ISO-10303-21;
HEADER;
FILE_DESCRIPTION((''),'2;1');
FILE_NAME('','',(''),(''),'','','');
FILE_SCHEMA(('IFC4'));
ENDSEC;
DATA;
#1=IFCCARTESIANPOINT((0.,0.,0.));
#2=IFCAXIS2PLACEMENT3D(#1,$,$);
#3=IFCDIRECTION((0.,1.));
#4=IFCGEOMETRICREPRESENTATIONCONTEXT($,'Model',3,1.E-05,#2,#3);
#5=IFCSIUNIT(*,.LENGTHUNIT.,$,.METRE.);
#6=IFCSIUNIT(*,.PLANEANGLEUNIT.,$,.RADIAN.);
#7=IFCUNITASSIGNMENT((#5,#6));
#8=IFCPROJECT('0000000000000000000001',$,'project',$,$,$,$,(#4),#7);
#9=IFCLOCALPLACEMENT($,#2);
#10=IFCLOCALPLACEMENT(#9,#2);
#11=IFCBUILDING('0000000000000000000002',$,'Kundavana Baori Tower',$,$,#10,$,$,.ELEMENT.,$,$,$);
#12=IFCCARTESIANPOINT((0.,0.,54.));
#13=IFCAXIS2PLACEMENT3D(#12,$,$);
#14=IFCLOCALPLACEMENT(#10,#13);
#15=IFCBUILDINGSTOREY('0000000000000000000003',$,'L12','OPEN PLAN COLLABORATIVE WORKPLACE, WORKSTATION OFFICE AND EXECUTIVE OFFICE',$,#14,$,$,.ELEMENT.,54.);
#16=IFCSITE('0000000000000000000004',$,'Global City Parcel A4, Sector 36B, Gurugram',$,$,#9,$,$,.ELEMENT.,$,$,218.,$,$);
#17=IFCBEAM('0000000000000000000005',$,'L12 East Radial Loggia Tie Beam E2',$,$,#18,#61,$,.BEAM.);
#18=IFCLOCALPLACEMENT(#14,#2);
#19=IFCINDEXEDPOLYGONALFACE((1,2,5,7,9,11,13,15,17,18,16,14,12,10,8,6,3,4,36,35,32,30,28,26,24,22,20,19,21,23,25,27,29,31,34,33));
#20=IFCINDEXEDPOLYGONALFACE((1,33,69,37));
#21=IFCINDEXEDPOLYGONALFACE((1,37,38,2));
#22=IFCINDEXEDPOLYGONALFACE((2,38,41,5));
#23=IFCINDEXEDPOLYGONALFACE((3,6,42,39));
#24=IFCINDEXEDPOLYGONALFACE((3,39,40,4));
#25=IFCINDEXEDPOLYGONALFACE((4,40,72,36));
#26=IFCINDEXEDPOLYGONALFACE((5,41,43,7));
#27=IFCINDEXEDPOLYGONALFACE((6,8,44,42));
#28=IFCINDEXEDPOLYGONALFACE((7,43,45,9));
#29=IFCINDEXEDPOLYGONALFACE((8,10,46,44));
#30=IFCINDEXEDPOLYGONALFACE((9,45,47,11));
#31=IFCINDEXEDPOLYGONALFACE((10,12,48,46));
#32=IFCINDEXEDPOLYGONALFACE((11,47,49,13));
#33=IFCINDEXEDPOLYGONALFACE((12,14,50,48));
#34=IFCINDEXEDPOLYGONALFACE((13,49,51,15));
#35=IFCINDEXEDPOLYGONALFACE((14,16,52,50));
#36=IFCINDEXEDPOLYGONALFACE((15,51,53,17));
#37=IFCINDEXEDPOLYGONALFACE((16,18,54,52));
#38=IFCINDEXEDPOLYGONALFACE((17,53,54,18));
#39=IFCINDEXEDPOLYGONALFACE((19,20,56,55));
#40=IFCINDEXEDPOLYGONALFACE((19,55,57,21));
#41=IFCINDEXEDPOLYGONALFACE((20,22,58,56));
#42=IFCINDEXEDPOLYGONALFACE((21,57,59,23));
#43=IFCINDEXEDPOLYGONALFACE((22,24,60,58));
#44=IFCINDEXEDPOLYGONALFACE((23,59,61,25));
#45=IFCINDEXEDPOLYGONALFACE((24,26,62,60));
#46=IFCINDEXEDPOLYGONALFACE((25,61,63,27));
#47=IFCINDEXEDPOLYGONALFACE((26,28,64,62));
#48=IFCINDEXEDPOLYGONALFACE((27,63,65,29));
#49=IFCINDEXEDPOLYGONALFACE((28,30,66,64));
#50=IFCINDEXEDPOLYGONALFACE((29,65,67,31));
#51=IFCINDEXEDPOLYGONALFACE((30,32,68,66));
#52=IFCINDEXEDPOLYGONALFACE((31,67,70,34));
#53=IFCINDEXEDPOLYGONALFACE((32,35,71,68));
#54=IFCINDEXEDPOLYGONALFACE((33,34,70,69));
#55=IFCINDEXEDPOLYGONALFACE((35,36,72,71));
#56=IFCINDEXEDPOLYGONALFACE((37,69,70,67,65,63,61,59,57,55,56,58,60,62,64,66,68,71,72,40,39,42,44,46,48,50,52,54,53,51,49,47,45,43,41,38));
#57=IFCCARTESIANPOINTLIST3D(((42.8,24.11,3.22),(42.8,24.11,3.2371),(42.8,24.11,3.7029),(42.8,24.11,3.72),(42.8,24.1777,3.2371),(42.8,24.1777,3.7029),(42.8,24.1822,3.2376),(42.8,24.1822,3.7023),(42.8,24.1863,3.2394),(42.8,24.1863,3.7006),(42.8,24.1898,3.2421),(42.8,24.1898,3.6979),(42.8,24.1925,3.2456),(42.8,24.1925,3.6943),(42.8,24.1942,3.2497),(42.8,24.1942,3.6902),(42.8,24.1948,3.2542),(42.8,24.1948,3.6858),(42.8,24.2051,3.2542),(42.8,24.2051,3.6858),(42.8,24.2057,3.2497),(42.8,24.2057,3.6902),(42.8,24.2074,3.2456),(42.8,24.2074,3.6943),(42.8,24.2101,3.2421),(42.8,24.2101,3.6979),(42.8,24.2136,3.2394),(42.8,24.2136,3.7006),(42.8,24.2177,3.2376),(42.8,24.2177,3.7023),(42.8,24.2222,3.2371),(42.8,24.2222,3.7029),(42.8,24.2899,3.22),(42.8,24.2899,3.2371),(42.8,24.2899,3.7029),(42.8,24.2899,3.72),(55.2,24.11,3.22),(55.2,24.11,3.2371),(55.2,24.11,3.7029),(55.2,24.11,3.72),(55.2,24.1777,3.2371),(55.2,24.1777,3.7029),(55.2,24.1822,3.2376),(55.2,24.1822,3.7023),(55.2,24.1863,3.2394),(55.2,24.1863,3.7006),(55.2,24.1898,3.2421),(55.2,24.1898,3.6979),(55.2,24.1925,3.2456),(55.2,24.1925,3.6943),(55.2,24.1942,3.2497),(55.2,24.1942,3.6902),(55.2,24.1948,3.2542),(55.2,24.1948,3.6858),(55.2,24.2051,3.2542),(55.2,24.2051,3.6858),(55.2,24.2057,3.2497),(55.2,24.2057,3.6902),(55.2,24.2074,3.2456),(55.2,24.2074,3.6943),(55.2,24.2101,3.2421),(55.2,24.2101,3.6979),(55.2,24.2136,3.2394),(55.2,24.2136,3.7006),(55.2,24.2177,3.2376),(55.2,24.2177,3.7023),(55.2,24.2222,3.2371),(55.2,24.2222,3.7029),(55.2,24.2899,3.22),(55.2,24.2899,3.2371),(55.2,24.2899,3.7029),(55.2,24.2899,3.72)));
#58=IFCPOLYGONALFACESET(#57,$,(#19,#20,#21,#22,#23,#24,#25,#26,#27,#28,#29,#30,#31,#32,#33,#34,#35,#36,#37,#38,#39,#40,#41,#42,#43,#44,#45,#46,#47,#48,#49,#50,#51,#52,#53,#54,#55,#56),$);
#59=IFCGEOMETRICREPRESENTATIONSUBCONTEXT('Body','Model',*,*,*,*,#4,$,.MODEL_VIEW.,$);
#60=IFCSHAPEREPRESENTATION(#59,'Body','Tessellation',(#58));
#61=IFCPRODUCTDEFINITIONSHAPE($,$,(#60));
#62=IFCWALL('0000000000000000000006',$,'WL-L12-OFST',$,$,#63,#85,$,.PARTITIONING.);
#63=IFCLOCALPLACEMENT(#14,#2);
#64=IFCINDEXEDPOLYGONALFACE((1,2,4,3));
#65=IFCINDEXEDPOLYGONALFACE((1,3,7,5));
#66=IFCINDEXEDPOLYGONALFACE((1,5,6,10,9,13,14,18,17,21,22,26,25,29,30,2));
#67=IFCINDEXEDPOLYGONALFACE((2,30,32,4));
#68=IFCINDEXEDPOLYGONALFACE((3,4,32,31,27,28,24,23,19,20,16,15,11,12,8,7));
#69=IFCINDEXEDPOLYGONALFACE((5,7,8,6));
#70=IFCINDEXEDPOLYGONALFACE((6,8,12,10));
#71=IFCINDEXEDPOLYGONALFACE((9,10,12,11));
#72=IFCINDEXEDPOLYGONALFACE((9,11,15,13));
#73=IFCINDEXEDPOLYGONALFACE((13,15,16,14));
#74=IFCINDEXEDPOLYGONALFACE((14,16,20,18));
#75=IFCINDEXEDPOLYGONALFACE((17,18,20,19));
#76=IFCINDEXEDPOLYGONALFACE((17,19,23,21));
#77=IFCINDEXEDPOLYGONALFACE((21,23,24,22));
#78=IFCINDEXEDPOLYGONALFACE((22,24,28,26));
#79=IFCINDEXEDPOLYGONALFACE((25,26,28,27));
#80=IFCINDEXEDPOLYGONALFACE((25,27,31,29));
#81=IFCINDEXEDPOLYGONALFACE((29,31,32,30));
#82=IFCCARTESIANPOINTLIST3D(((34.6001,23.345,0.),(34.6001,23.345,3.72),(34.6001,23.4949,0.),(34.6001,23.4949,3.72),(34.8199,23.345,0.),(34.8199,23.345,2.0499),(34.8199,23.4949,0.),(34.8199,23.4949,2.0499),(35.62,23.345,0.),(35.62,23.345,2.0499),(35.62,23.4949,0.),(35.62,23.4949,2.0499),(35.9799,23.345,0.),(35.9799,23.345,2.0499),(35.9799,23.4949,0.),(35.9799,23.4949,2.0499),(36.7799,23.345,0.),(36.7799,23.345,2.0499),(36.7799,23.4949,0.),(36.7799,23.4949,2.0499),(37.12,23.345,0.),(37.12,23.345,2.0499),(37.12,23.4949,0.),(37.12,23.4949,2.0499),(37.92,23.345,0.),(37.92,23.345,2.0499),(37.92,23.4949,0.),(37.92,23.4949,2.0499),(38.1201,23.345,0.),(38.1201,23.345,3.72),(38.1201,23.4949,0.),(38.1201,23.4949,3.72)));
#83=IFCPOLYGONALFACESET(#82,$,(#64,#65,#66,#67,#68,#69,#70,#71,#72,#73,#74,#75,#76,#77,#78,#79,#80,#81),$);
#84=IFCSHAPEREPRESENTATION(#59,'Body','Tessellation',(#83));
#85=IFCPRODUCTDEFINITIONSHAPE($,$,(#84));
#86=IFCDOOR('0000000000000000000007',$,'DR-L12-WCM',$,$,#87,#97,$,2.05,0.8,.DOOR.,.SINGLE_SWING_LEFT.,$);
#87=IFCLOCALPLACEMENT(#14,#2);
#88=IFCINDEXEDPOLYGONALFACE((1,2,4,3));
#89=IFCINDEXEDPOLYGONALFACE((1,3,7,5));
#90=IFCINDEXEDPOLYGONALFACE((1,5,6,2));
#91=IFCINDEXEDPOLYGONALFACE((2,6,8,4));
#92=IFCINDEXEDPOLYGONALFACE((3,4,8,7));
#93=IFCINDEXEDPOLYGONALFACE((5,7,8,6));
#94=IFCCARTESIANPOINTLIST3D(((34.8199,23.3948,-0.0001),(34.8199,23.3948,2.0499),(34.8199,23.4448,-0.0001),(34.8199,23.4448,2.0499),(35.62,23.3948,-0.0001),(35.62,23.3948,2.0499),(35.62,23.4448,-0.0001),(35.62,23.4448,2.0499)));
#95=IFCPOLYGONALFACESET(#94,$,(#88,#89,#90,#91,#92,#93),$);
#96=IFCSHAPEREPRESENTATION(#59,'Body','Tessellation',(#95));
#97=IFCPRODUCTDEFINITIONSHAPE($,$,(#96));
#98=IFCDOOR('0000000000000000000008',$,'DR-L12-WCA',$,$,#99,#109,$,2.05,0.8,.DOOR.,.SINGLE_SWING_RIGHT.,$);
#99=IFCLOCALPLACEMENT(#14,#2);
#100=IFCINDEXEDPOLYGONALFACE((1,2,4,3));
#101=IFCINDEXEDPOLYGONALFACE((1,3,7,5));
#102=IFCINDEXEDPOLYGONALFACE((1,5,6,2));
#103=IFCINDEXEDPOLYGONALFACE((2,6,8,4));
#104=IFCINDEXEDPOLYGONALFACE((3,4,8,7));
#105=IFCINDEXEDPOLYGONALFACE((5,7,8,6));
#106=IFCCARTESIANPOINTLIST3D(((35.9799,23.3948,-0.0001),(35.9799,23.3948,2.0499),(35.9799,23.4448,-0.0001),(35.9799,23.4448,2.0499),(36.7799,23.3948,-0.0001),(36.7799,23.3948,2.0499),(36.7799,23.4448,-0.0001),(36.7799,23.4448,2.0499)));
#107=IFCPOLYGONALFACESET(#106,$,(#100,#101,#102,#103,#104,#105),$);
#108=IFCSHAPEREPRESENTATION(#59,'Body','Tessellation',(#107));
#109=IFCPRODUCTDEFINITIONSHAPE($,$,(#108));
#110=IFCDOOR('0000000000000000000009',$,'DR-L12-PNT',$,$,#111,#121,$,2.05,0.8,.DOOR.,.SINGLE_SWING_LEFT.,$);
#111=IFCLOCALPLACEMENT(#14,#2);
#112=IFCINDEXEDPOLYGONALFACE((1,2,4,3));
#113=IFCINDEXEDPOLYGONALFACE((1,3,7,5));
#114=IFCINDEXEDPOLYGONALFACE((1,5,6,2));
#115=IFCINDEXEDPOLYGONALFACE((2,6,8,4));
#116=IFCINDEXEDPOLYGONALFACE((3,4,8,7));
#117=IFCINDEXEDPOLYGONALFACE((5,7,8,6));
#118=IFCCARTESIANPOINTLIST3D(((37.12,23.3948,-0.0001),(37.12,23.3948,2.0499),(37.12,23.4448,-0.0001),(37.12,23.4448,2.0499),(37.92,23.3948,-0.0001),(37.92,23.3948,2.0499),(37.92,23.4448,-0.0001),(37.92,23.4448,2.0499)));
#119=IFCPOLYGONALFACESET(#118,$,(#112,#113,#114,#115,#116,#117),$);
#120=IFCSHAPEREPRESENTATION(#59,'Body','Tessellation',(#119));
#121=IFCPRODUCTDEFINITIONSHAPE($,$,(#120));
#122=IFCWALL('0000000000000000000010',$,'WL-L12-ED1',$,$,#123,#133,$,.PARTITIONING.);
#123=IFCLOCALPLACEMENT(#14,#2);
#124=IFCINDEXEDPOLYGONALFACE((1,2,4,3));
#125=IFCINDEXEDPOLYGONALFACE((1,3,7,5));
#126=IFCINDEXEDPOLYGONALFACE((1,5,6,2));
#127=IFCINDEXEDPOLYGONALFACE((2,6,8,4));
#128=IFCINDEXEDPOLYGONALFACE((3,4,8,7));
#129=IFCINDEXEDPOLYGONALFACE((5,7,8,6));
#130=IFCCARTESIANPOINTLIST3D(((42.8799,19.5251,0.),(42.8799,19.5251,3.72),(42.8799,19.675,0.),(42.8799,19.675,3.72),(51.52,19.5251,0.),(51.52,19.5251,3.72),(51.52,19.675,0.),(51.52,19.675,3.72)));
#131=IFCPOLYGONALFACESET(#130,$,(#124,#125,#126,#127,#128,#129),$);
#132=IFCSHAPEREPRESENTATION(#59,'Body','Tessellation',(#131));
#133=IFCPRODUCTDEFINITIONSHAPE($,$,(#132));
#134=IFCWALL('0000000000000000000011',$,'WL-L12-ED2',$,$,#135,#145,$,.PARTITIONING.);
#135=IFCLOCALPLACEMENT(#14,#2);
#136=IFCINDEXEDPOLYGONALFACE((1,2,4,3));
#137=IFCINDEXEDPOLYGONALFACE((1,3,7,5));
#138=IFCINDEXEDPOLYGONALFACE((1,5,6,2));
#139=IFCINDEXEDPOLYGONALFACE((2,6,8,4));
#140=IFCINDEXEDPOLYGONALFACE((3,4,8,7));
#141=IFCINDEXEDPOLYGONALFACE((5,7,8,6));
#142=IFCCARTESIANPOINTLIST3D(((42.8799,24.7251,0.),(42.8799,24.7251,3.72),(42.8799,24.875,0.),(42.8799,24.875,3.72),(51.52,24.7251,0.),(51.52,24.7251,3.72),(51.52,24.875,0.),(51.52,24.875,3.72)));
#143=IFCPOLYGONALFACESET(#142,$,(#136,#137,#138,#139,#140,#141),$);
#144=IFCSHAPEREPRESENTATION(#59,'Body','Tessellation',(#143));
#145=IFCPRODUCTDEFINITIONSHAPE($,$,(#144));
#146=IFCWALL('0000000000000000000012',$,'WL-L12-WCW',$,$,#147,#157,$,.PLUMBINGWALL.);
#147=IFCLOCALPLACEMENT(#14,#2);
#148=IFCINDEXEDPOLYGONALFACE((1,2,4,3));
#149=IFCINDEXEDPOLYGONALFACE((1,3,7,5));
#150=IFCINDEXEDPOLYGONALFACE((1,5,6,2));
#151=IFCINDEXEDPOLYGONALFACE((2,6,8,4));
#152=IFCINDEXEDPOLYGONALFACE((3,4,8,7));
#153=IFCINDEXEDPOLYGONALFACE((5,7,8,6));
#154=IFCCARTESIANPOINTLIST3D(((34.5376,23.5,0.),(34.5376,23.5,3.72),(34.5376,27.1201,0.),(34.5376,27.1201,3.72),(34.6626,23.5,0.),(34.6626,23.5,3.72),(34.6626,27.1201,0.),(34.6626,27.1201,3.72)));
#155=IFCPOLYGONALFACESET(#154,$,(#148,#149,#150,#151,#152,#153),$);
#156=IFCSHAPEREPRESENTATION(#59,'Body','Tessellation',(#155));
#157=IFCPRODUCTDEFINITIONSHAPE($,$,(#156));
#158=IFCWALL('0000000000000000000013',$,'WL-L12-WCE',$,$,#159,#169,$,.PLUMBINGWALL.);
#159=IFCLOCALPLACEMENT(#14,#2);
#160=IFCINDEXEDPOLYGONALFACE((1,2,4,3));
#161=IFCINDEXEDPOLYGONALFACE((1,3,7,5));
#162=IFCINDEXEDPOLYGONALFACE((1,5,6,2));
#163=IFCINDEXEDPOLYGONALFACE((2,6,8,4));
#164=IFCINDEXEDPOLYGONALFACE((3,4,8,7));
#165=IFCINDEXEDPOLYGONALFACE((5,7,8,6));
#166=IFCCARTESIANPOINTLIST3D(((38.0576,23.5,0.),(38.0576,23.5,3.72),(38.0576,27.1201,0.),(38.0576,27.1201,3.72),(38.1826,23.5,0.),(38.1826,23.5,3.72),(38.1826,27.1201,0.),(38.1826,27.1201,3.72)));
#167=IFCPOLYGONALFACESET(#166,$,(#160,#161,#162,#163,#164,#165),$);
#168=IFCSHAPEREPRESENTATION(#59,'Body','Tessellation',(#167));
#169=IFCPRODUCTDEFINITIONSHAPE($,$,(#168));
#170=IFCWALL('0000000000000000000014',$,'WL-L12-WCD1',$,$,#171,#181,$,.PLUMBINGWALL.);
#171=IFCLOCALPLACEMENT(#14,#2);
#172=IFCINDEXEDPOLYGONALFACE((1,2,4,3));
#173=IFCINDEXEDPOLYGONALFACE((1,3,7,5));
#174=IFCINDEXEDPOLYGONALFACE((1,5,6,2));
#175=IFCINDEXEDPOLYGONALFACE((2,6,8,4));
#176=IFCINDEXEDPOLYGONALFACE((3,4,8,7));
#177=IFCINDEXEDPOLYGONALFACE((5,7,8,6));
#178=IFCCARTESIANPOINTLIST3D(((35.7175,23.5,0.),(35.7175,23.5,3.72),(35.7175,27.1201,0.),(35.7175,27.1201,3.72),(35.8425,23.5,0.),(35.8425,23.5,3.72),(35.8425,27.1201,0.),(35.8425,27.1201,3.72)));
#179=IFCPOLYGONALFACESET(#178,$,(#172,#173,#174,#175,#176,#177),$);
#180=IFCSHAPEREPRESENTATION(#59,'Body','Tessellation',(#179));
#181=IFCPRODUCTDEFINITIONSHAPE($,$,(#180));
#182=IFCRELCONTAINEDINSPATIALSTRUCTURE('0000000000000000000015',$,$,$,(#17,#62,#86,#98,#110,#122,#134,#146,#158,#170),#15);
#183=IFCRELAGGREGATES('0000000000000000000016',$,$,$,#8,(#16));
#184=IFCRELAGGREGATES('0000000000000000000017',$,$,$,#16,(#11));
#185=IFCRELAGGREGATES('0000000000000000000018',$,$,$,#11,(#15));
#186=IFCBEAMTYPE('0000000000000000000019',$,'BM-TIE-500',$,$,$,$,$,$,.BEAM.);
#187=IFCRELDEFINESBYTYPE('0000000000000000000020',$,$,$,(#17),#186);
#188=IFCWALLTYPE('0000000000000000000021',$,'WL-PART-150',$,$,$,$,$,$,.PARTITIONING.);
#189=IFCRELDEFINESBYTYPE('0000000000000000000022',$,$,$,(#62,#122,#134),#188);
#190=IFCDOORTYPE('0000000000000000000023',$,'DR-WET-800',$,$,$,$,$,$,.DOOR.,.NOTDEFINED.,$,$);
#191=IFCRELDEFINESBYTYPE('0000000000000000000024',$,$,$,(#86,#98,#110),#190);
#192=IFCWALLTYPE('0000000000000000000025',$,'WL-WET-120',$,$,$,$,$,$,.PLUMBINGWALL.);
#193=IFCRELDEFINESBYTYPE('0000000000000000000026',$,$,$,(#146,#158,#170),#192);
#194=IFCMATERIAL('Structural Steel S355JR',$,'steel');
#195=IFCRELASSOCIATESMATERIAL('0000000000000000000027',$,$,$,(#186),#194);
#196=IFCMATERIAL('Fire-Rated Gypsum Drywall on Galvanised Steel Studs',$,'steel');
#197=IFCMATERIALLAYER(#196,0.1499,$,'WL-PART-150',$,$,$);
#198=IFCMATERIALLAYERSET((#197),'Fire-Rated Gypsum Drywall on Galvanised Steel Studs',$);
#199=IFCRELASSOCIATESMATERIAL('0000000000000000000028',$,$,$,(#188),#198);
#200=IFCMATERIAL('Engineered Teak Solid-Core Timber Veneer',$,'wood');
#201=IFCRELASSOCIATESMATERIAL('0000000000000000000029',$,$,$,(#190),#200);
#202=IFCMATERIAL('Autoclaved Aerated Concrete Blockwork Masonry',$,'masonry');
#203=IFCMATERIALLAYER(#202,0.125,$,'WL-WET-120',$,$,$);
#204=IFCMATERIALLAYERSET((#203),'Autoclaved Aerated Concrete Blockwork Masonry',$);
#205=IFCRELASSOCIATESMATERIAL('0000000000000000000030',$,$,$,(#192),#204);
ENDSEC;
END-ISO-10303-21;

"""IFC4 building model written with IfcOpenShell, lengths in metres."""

from ifc_helpers import new_model, si_unit, direction, frame, frame_2d, origin, origin_2d, place, context, subcontext, project, spatial, rectangle, i_section, extrude, material, layer, layer_set, material_profile, profile_set, type_object, element, fill, save


model = new_model("IFC4")

# Units and contexts
model_context = context("Model", 3, precision=1e-05, world=origin(), true_north=direction((0.0, 1.0)))
body_context = subcontext(model_context, "Body", "Model", "MODEL_VIEW")
ifc_project = project(units=[si_unit("LENGTHUNIT", "METRE"), si_unit("PLANEANGLEUNIT", "RADIAN")], contexts=[model_context])

# Site, building, storey
site_placement = place(None, origin())
site = spatial("IfcSite", under=ifc_project, at=site_placement, Name="Global City Parcel A4, Sector 36B, Gurugram", CompositionType="ELEMENT", RefElevation=218.0)
building_placement = place(site_placement, origin())
building = spatial("IfcBuilding", under=site, at=building_placement, Name="Kundavana Baori Tower", CompositionType="ELEMENT")
storey_placement = place(building_placement, frame((0.0, 0.0, 54.0)))
storey = spatial("IfcBuildingStorey", under=building, at=storey_placement, Name="L12", Description="OPEN PLAN COLLABORATIVE WORKPLACE, WORKSTATION OFFICE AND EXECUTIVE OFFICE", CompositionType="ELEMENT", Elevation=54.0)

# Beam
ifc_material_1 = material(Name="Structural Steel S355JR", Category="steel")
ifc_material_profile_1 = material_profile(ifc_material_1, i_section(OverallWidth=0.1799, OverallDepth=0.5, WebThickness=0.0103, FlangeThickness=0.0171, FilletRadius=0.0171, at=origin_2d()), Name="ISMB 500")
ifc_profile_set_1 = profile_set([ifc_material_profile_1], Name="Structural Steel S355JR")
beam_type_1 = type_object("IfcBeamType", Name="BM-TIE-500", PredefinedType="BEAM", material=ifc_profile_set_1)
beam_1_placement = place(storey_placement, frame((42.8, 24.2, 3.47), z_axis=(1.0, 0.0, 0.0), x_axis=(0.0, 1.0, 0.0)))
element("IfcBeam", 1, at=beam_1_placement, inside=storey, type_object=beam_type_1, Name="L12 East Radial Loggia Tie Beam E2", PredefinedType="BEAM", context=body_context, shape_type="SweptSolid", body=[
    extrude(i_section(OverallWidth=0.1799, OverallDepth=0.5, WebThickness=0.0103, FlangeThickness=0.0171, FilletRadius=0.0171, at=origin_2d()), origin(), (0.0, 0.0, 1.0), 12.3999),
])

# Wall, openings, doors
ifc_material_2 = material(Name="Fire-Rated Gypsum Drywall on Galvanised Steel Studs", Category="steel")
ifc_layer_1 = layer(ifc_material_2, 0.1499, Name="WL-PART-150")
ifc_layer_set_1 = layer_set([ifc_layer_1], Name="Fire-Rated Gypsum Drywall on Galvanised Steel Studs")
wall_type_1 = type_object("IfcWallType", Name="WL-PART-150", PredefinedType="PARTITIONING", material=ifc_layer_set_1)
wall_placement = place(storey_placement, frame((34.6001, 23.4199, 0.0), z_axis=(0.0, 0.0, 1.0), x_axis=(1.0, 0.0, 0.0)))
wall = element("IfcWall", 2, at=wall_placement, inside=storey, type_object=wall_type_1, Name="WL-L12-OFST", PredefinedType="PARTITIONING", context=body_context, shape_type="SweptSolid", body=[
    extrude(rectangle(XDim=3.52, YDim=0.1499, at=frame_2d((1.76, 0.0))), origin(), (0.0, 0.0, 1.0), 3.72),
])
opening_1_placement = place(wall_placement, frame((0.22, 0.0, 0.0)))
opening_1 = element("IfcOpeningElement", 3, at=opening_1_placement, cuts=wall, PredefinedType="OPENING", context=body_context, shape_type="SweptSolid", body=[
    extrude(rectangle(XDim=0.8, YDim=2.05, at=frame_2d((0.3999, 1.0249))), frame((0.0, 0.085, 0.0), z_axis=(0.0, -1.0, 0.0), x_axis=(1.0, 0.0, 0.0)), (0.0, 0.0, 1.0), 0.1699),
])
opening_2_placement = place(wall_placement, frame((1.3799, 0.0, 0.0)))
opening_2 = element("IfcOpeningElement", 4, at=opening_2_placement, cuts=wall, PredefinedType="OPENING", context=body_context, shape_type="SweptSolid", body=[
    extrude(rectangle(XDim=0.8, YDim=2.05, at=frame_2d((0.3999, 1.0249))), frame((0.0, 0.085, 0.0), z_axis=(0.0, -1.0, 0.0), x_axis=(1.0, 0.0, 0.0)), (0.0, 0.0, 1.0), 0.1699),
])
opening_3_placement = place(wall_placement, frame((2.52, 0.0, 0.0)))
opening_3 = element("IfcOpeningElement", 5, at=opening_3_placement, cuts=wall, PredefinedType="OPENING", context=body_context, shape_type="SweptSolid", body=[
    extrude(rectangle(XDim=0.8, YDim=2.05, at=frame_2d((0.3999, 1.0249))), frame((0.0, 0.085, 0.0), z_axis=(0.0, -1.0, 0.0), x_axis=(1.0, 0.0, 0.0)), (0.0, 0.0, 1.0), 0.1699),
])
ifc_material_3 = material(Name="Engineered Teak Solid-Core Timber Veneer", Category="wood")
door_type = type_object("IfcDoorType", Name="DR-WET-800", OperationType="NOTDEFINED", PredefinedType="DOOR", material=ifc_material_3)
door_1_placement = place(opening_1_placement, origin())
door_1 = element("IfcDoor", 6, at=door_1_placement, inside=storey, type_object=door_type, Name="DR-L12-WCM", OperationType="SINGLE_SWING_LEFT", OverallHeight=2.05, OverallWidth=0.8, PredefinedType="DOOR", context=body_context, shape_type="SweptSolid", body=[
    extrude(rectangle(XDim=0.8, YDim=2.05, at=frame_2d((0.3999, 1.0249))), frame((0.0, 0.0249, 0.0), z_axis=(0.0, -1.0, 0.0), x_axis=(1.0, 0.0, 0.0)), (0.0, 0.0, 1.0), 0.05),
])
fill(opening_1, door_1)
door_2_placement = place(opening_2_placement, origin())
door_2 = element("IfcDoor", 7, at=door_2_placement, inside=storey, type_object=door_type, Name="DR-L12-WCA", OperationType="SINGLE_SWING_RIGHT", OverallHeight=2.05, OverallWidth=0.8, PredefinedType="DOOR", context=body_context, shape_type="SweptSolid", body=[
    extrude(rectangle(XDim=0.8, YDim=2.05, at=frame_2d((0.3999, 1.0249))), frame((0.0, 0.0249, 0.0), z_axis=(0.0, -1.0, 0.0), x_axis=(1.0, 0.0, 0.0)), (0.0, 0.0, 1.0), 0.05),
])
fill(opening_2, door_2)
door_3_placement = place(opening_3_placement, origin())
door_3 = element("IfcDoor", 8, at=door_3_placement, inside=storey, type_object=door_type, Name="DR-L12-PNT", OperationType="SINGLE_SWING_LEFT", OverallHeight=2.05, OverallWidth=0.8, PredefinedType="DOOR", context=body_context, shape_type="SweptSolid", body=[
    extrude(rectangle(XDim=0.8, YDim=2.05, at=frame_2d((0.3999, 1.0249))), frame((0.0, 0.0249, 0.0), z_axis=(0.0, -1.0, 0.0), x_axis=(1.0, 0.0, 0.0)), (0.0, 0.0, 1.0), 0.05),
])
fill(opening_3, door_3)

# Walls
for number, where, z_axis, x_axis, name in (
    (9, (42.8799, 19.6001, 0.0), (0.0, 0.0, 1.0), (1.0, 0.0, 0.0), "WL-L12-ED1"),
    (10, (42.8799, 24.8, 0.0), (0.0, 0.0, 1.0), (1.0, 0.0, 0.0), "WL-L12-ED2"),
):
    element("IfcWall", number, at=place(storey_placement, frame(where, z_axis=z_axis, x_axis=x_axis)), inside=storey, type_object=wall_type_1, Name=name, PredefinedType="PARTITIONING", context=body_context, shape_type="SweptSolid", body=[
        extrude(rectangle(XDim=8.6401, YDim=0.1499, at=frame_2d((4.3201, 0.0))), origin(), (0.0, 0.0, 1.0), 3.72),
    ])
ifc_material_4 = material(Name="Autoclaved Aerated Concrete Blockwork Masonry", Category="masonry")
ifc_layer_2 = layer(ifc_material_4, 0.125, Name="WL-WET-120")
ifc_layer_set_2 = layer_set([ifc_layer_2], Name="Autoclaved Aerated Concrete Blockwork Masonry")
wall_type_2 = type_object("IfcWallType", Name="WL-WET-120", PredefinedType="PLUMBINGWALL", material=ifc_layer_set_2)
for number, where, z_axis, x_axis, name in (
    (11, (34.6001, 23.5, 0.0), (0.0, 0.0, 1.0), (0.0, 1.0, 0.0), "WL-L12-WCW"),
    (12, (38.1201, 23.5, 0.0), (0.0, 0.0, 1.0), (0.0, 1.0, 0.0), "WL-L12-WCE"),
    (13, (35.78, 23.5, 0.0), (0.0, 0.0, 1.0), (0.0, 1.0, 0.0), "WL-L12-WCD1"),
):
    element("IfcWall", number, at=place(storey_placement, frame(where, z_axis=z_axis, x_axis=x_axis)), inside=storey, type_object=wall_type_2, Name=name, PredefinedType="PLUMBINGWALL", context=body_context, shape_type="SweptSolid", body=[
        extrude(rectangle(XDim=3.6201, YDim=0.125, at=frame_2d((1.8101, 0.0))), origin(), (0.0, 0.0, 1.0), 3.72),
    ])

save(model, "model.ifc")
